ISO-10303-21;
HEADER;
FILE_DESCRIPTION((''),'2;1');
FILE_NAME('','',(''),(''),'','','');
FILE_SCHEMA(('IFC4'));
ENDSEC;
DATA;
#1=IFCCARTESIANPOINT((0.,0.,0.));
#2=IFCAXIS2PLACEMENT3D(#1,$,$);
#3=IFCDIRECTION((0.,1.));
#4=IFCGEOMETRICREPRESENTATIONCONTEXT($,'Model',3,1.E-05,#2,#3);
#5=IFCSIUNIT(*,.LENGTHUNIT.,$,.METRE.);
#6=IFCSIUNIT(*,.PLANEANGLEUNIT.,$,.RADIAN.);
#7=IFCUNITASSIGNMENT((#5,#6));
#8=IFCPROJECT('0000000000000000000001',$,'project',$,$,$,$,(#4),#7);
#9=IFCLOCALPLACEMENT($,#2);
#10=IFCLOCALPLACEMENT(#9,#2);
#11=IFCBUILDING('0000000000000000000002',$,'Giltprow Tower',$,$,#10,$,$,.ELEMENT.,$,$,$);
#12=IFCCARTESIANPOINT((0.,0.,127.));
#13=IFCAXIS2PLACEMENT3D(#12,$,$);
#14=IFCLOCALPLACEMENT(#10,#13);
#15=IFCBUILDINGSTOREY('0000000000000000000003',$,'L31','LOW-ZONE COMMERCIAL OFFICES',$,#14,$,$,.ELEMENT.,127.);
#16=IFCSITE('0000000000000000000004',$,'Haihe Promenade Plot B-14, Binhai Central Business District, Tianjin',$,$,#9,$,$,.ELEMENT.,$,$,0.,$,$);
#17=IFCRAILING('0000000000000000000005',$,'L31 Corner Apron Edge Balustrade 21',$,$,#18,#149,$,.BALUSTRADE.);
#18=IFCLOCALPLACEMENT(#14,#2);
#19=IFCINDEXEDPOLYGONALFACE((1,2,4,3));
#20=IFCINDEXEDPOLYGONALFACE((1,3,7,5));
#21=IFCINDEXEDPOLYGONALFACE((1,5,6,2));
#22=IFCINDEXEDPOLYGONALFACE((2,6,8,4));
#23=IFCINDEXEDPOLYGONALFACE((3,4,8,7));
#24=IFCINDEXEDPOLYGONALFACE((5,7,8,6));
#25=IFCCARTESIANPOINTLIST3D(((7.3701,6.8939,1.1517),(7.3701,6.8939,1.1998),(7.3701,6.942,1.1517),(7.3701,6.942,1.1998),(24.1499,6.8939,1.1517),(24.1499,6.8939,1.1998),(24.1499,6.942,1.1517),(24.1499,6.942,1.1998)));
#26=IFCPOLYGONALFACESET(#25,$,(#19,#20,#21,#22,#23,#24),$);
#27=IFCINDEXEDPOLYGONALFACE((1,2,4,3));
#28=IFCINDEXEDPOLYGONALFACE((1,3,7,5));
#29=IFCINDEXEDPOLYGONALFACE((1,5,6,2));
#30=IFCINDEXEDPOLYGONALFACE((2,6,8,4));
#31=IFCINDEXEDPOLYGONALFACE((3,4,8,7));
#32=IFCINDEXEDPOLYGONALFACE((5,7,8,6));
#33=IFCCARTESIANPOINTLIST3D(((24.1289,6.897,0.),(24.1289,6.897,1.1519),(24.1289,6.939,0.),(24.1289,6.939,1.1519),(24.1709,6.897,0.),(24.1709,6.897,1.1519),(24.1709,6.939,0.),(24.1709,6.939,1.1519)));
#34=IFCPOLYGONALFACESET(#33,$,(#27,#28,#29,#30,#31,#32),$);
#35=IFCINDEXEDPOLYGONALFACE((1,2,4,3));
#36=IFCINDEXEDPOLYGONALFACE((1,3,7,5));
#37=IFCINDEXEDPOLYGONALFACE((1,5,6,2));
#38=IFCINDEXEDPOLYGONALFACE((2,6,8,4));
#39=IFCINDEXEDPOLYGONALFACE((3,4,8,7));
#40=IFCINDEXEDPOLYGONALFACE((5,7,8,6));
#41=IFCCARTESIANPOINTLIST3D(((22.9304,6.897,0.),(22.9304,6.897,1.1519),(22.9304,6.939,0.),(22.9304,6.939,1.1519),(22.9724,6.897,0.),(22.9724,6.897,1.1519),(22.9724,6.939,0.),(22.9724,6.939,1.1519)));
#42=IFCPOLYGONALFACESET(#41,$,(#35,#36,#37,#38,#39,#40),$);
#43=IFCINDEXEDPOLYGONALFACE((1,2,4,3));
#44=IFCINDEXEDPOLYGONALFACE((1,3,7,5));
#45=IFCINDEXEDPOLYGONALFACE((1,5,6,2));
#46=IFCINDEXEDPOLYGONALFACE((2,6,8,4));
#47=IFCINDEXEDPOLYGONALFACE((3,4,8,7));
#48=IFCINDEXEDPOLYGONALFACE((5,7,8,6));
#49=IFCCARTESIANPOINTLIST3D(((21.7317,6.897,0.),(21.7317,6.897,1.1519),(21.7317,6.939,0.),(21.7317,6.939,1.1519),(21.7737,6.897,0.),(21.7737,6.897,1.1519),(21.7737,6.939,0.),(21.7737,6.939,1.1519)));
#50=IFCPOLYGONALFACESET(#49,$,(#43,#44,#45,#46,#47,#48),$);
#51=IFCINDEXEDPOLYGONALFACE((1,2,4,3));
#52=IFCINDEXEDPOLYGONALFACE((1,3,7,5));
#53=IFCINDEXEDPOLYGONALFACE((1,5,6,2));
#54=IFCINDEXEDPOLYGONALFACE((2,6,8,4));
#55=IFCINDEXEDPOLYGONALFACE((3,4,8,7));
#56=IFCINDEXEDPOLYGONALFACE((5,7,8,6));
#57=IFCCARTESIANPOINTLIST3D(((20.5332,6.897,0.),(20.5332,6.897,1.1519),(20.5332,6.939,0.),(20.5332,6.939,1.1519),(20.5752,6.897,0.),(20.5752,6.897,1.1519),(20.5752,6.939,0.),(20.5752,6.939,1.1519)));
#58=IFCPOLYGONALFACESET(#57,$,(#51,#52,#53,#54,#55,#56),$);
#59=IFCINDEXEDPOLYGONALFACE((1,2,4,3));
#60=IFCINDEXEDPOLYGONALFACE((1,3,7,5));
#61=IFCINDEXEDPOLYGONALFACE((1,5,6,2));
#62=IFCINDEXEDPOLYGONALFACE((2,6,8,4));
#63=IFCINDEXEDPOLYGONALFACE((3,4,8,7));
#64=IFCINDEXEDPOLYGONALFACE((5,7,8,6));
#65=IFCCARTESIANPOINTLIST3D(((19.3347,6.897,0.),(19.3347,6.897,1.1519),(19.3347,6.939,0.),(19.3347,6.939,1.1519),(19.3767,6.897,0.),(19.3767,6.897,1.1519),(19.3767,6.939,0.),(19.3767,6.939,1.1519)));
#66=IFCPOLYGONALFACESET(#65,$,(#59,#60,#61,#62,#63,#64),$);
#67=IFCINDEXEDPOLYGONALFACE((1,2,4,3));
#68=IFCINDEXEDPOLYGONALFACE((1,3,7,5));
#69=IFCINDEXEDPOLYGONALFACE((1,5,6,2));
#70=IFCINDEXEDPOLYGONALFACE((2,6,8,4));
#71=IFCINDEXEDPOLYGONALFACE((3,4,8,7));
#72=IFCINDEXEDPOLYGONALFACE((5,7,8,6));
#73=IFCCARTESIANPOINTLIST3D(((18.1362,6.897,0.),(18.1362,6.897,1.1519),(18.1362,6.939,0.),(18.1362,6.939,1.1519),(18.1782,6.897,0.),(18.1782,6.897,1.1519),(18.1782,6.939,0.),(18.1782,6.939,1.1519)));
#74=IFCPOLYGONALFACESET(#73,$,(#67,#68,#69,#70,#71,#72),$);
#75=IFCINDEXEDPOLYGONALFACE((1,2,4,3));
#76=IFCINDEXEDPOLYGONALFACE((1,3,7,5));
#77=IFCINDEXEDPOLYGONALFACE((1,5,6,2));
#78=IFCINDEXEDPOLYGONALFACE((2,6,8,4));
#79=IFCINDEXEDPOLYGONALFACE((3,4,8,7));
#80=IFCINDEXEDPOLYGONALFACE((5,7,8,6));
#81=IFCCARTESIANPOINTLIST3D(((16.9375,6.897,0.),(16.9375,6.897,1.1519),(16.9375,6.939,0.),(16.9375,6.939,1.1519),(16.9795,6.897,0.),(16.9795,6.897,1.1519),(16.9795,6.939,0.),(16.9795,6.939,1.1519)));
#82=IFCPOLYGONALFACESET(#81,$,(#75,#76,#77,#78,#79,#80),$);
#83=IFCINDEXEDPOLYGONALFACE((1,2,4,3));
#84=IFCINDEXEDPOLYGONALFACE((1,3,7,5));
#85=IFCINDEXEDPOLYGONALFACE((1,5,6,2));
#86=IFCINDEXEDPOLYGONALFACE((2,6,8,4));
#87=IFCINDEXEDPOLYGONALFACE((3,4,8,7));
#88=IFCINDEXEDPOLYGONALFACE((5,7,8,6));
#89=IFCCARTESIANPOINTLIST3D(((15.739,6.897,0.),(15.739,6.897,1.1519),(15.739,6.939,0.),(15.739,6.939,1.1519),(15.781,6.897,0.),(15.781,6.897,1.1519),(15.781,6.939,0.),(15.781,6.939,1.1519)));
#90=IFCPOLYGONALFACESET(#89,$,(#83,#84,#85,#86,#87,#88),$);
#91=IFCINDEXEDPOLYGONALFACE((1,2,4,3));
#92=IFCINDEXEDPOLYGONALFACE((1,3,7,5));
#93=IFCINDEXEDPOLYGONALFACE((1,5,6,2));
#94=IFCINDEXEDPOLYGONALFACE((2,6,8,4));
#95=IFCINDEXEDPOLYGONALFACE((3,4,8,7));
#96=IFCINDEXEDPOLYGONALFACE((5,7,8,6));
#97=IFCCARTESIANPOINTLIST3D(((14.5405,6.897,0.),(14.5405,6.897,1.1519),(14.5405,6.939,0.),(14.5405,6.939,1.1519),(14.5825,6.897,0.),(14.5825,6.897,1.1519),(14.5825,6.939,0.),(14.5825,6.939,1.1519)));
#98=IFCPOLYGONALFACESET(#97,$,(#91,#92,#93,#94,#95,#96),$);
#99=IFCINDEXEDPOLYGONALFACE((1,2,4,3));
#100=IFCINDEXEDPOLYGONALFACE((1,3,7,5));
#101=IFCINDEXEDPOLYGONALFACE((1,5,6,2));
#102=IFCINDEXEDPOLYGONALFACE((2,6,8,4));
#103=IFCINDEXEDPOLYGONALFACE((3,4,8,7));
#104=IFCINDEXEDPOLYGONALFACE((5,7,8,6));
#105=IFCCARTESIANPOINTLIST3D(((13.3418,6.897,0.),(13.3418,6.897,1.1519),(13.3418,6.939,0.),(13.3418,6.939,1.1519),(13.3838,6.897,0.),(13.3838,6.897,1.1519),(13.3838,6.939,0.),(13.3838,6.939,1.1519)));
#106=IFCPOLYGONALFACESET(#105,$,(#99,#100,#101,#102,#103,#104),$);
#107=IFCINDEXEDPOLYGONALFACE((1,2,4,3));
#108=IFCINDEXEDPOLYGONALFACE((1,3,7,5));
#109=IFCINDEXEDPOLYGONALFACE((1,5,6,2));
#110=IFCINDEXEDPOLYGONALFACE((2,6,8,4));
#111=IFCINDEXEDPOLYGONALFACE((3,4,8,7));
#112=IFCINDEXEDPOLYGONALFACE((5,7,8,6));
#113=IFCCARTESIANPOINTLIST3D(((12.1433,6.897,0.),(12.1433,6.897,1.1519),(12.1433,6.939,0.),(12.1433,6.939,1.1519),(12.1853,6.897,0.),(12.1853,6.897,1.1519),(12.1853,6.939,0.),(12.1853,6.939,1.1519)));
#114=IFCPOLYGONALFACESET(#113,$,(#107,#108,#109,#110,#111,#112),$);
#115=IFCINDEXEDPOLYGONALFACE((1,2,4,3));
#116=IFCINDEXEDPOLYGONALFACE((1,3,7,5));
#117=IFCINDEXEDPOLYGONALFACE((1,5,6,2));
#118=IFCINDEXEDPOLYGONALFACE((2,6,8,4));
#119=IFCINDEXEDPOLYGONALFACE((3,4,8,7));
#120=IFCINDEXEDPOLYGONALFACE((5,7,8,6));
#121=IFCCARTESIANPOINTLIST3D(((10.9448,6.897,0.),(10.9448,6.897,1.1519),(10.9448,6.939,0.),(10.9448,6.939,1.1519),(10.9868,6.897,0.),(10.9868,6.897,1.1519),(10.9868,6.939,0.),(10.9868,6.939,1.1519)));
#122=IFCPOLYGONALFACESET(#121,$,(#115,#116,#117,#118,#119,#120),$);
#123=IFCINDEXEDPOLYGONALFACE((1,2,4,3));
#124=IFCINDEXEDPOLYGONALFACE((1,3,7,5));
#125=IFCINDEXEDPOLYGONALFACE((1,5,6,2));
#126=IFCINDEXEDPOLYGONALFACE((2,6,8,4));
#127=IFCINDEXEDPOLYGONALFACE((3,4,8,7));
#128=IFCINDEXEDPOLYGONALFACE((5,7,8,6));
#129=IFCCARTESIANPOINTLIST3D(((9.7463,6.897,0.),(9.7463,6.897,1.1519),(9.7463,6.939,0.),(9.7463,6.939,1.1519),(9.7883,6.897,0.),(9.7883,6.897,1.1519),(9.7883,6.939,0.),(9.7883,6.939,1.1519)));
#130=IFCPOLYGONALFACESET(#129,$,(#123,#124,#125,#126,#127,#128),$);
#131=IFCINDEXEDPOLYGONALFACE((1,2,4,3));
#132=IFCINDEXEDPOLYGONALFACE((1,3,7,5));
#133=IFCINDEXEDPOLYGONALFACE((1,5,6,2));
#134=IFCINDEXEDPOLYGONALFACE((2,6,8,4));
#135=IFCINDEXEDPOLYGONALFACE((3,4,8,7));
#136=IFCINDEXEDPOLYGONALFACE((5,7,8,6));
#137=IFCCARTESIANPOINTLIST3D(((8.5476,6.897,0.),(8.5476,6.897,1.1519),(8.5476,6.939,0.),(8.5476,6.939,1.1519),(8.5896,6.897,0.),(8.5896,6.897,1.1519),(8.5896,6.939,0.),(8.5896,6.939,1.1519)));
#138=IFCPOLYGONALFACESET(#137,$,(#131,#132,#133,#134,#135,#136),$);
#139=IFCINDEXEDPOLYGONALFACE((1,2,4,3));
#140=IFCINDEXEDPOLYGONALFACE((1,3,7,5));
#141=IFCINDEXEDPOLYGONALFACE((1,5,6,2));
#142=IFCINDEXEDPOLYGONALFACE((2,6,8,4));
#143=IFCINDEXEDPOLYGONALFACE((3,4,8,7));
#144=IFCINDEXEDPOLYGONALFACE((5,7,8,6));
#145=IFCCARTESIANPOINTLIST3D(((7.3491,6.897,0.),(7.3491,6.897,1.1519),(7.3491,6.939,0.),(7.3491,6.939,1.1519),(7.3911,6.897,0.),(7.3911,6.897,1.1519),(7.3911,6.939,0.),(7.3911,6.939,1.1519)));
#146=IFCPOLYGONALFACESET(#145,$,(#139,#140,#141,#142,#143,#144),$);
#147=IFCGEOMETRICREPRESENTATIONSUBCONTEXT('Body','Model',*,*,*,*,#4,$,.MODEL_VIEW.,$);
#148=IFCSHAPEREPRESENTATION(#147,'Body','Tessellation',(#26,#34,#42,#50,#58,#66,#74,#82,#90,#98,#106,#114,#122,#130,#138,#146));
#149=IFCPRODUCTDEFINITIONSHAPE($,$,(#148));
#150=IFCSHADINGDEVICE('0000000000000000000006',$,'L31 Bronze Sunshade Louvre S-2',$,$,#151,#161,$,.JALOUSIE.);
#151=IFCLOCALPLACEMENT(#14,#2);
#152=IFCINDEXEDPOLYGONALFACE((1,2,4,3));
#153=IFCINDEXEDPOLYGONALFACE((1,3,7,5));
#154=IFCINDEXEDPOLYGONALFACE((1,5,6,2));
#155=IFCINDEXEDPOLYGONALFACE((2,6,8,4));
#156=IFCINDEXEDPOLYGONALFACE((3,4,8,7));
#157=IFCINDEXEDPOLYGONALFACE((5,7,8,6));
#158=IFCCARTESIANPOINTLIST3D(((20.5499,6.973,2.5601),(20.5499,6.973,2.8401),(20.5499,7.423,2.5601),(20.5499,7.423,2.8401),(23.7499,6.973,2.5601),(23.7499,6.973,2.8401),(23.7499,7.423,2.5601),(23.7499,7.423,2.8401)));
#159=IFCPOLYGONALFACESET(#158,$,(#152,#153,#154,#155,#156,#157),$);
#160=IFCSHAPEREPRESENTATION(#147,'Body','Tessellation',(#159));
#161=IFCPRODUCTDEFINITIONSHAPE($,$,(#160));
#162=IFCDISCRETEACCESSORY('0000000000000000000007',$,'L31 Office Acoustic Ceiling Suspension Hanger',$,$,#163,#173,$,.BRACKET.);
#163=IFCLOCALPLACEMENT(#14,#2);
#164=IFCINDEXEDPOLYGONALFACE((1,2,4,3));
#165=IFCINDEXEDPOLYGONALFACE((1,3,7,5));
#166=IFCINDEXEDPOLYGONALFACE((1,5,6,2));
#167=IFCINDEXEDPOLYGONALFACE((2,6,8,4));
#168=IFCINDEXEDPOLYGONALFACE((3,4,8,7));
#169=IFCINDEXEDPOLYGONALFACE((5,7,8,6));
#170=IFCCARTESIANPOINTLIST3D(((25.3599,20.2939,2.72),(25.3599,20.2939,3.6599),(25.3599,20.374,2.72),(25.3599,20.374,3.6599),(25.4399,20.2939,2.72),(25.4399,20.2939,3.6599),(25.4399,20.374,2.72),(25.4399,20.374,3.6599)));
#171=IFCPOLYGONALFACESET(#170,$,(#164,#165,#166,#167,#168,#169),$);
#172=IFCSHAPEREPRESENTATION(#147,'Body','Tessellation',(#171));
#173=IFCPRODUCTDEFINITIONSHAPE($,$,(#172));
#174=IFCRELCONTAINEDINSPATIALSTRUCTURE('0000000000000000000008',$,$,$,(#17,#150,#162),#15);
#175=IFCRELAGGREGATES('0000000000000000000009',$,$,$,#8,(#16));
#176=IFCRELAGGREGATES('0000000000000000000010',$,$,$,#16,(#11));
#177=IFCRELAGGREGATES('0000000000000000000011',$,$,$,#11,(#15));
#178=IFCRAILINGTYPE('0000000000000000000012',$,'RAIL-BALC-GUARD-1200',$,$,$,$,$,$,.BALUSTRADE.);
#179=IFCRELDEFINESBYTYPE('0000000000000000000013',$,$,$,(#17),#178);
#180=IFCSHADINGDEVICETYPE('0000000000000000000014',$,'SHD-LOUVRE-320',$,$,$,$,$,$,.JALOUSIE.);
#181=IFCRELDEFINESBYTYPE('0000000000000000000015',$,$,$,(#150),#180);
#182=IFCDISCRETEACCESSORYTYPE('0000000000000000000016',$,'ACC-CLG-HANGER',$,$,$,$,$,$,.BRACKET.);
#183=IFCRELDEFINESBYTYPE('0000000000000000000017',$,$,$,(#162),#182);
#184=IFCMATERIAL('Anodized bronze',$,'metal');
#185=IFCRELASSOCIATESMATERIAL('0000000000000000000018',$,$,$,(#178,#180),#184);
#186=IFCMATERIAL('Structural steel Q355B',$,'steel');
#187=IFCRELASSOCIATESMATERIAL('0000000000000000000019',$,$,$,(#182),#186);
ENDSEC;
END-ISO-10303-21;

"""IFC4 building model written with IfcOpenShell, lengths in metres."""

from ifc_helpers import new_model, si_unit, direction, frame, origin, origin_2d, place, context, subcontext, project, spatial, rectangle, extrude, source, transform, mapped, material, type_object, element, save


model = new_model("IFC4")

# Units and contexts
model_context = context("Model", 3, precision=1e-05, world=origin(), true_north=direction((0.0, 1.0)))
body_context = subcontext(model_context, "Body", "Model", "MODEL_VIEW")
ifc_project = project(units=[si_unit("LENGTHUNIT", "METRE"), si_unit("PLANEANGLEUNIT", "RADIAN")], contexts=[model_context])

# Site, building, storey
site_placement = place(None, origin())
site = spatial("IfcSite", under=ifc_project, at=site_placement, Name="Haihe Promenade Plot B-14, Binhai Central Business District, Tianjin", CompositionType="ELEMENT", RefElevation=0.0)
building_placement = place(site_placement, origin())
building = spatial("IfcBuilding", under=site, at=building_placement, Name="Giltprow Tower", CompositionType="ELEMENT")
storey_placement = place(building_placement, frame((0.0, 0.0, 127.0)))
storey = spatial("IfcBuildingStorey", under=building, at=storey_placement, Name="L31", Description="LOW-ZONE COMMERCIAL OFFICES", CompositionType="ELEMENT", Elevation=127.0)

# Shared definitions
ifc_material_1 = material(Name="Structural steel Q355B", Category="steel")

# Shared definitions
ifc_material_2 = material(Name="Anodized bronze", Category="metal")

# Railing
railing_type = type_object("IfcRailingType", Name="RAIL-BALC-GUARD-1200", PredefinedType="BALUSTRADE", material=ifc_material_2)
railing_1_placement = place(storey_placement, frame((24.1499, 6.918, 0.0)))
element("IfcRailing", 1, at=railing_1_placement, inside=storey, type_object=railing_type, Name="L31 Corner Apron Edge Balustrade 21", PredefinedType="BALUSTRADE", context=body_context, shape_type="SweptSolid", body=[
    extrude(rectangle(XDim=0.0481, YDim=0.0481, at=origin_2d()), frame((0.0, 0.0, 1.1758), z_axis=(-1.0, 0.0, 0.0), x_axis=(0.0, -1.0, 0.0)), (0.0, 0.0, 1.0), 16.7798),
    extrude(rectangle(XDim=0.042, YDim=0.042, at=origin_2d()), origin(), (0.0, 0.0, 1.0), 1.1519),
    extrude(rectangle(XDim=0.042, YDim=0.042, at=origin_2d()), frame((-1.1985, 0.0, 0.0)), (0.0, 0.0, 1.0), 1.1519),
    extrude(rectangle(XDim=0.042, YDim=0.042, at=origin_2d()), frame((-2.3972, 0.0, 0.0)), (0.0, 0.0, 1.0), 1.1519),
    extrude(rectangle(XDim=0.042, YDim=0.042, at=origin_2d()), frame((-3.5957, 0.0, 0.0)), (0.0, 0.0, 1.0), 1.1519),
    extrude(rectangle(XDim=0.042, YDim=0.042, at=origin_2d()), frame((-4.7942, 0.0, 0.0)), (0.0, 0.0, 1.0), 1.1519),
    extrude(rectangle(XDim=0.042, YDim=0.042, at=origin_2d()), frame((-5.9927, 0.0, 0.0)), (0.0, 0.0, 1.0), 1.1519),
    extrude(rectangle(XDim=0.042, YDim=0.042, at=origin_2d()), frame((-7.1914, 0.0, 0.0)), (0.0, 0.0, 1.0), 1.1519),
    extrude(rectangle(XDim=0.042, YDim=0.042, at=origin_2d()), frame((-8.3899, 0.0, 0.0)), (0.0, 0.0, 1.0), 1.1519),
    extrude(rectangle(XDim=0.042, YDim=0.042, at=origin_2d()), frame((-9.5884, 0.0, 0.0)), (0.0, 0.0, 1.0), 1.1519),
    extrude(rectangle(XDim=0.042, YDim=0.042, at=origin_2d()), frame((-10.7871, 0.0, 0.0)), (0.0, 0.0, 1.0), 1.1519),
    extrude(rectangle(XDim=0.042, YDim=0.042, at=origin_2d()), frame((-11.9856, 0.0, 0.0)), (0.0, 0.0, 1.0), 1.1519),
    extrude(rectangle(XDim=0.042, YDim=0.042, at=origin_2d()), frame((-13.1841, 0.0, 0.0)), (0.0, 0.0, 1.0), 1.1519),
    extrude(rectangle(XDim=0.042, YDim=0.042, at=origin_2d()), frame((-14.3826, 0.0, 0.0)), (0.0, 0.0, 1.0), 1.1519),
    extrude(rectangle(XDim=0.042, YDim=0.042, at=origin_2d()), frame((-15.5813, 0.0, 0.0)), (0.0, 0.0, 1.0), 1.1519),
    extrude(rectangle(XDim=0.042, YDim=0.042, at=origin_2d()), frame((-16.7798, 0.0, 0.0)), (0.0, 0.0, 1.0), 1.1519),
])

# Shading device
shading_device_type = type_object("IfcShadingDeviceType", Name="SHD-LOUVRE-320", PredefinedType="JALOUSIE", material=ifc_material_2)
shared_shape_1 = source(origin(), body_context, "Body", "SweptSolid", [
    extrude(rectangle(XDim=3.2, YDim=0.45, at=origin_2d()), origin(), (0.0, 0.0, 1.0), 0.28),
])
shading_device_placement = place(storey_placement, frame((22.1499, 7.198, 2.5601), z_axis=(0.0, 0.0, 1.0), x_axis=(1.0, 0.0, 0.0)))
element("IfcShadingDevice", 2, at=shading_device_placement, inside=storey, type_object=shading_device_type, Name="L31 Bronze Sunshade Louvre S-2", PredefinedType="JALOUSIE", context=body_context, shape_type="MappedRepresentation", body=[
    mapped(shared_shape_1, transform((0.0, 0.0, 0.0), x_axis=(1.0, 0.0, 0.0), y_axis=(0.0, 1.0, 0.0), z_axis=(0.0, 0.0, 1.0), scale=1.0)),
])

# Discrete accessory
discrete_accessory_type = type_object("IfcDiscreteAccessoryType", Name="ACC-CLG-HANGER", PredefinedType="BRACKET", material=ifc_material_1)
shared_shape_2 = source(origin(), body_context, "Body", "SweptSolid", [
    extrude(rectangle(XDim=0.0801, YDim=0.0801, at=origin_2d()), origin(), (0.0, 0.0, 1.0), 0.9399),
])
discrete_accessory_placement = place(storey_placement, frame((25.3999, 20.334, 2.72), z_axis=(0.0, 0.0, 1.0), x_axis=(1.0, 0.0, 0.0)))
element("IfcDiscreteAccessory", 3, at=discrete_accessory_placement, inside=storey, type_object=discrete_accessory_type, Name="L31 Office Acoustic Ceiling Suspension Hanger", PredefinedType="BRACKET", context=body_context, shape_type="MappedRepresentation", body=[
    mapped(shared_shape_2, transform((0.0, 0.0, 0.0), x_axis=(1.0, 0.0, 0.0), y_axis=(0.0, 1.0, 0.0), z_axis=(0.0, 0.0, 1.0), scale=1.0)),
])

save(model, "model.ifc")
